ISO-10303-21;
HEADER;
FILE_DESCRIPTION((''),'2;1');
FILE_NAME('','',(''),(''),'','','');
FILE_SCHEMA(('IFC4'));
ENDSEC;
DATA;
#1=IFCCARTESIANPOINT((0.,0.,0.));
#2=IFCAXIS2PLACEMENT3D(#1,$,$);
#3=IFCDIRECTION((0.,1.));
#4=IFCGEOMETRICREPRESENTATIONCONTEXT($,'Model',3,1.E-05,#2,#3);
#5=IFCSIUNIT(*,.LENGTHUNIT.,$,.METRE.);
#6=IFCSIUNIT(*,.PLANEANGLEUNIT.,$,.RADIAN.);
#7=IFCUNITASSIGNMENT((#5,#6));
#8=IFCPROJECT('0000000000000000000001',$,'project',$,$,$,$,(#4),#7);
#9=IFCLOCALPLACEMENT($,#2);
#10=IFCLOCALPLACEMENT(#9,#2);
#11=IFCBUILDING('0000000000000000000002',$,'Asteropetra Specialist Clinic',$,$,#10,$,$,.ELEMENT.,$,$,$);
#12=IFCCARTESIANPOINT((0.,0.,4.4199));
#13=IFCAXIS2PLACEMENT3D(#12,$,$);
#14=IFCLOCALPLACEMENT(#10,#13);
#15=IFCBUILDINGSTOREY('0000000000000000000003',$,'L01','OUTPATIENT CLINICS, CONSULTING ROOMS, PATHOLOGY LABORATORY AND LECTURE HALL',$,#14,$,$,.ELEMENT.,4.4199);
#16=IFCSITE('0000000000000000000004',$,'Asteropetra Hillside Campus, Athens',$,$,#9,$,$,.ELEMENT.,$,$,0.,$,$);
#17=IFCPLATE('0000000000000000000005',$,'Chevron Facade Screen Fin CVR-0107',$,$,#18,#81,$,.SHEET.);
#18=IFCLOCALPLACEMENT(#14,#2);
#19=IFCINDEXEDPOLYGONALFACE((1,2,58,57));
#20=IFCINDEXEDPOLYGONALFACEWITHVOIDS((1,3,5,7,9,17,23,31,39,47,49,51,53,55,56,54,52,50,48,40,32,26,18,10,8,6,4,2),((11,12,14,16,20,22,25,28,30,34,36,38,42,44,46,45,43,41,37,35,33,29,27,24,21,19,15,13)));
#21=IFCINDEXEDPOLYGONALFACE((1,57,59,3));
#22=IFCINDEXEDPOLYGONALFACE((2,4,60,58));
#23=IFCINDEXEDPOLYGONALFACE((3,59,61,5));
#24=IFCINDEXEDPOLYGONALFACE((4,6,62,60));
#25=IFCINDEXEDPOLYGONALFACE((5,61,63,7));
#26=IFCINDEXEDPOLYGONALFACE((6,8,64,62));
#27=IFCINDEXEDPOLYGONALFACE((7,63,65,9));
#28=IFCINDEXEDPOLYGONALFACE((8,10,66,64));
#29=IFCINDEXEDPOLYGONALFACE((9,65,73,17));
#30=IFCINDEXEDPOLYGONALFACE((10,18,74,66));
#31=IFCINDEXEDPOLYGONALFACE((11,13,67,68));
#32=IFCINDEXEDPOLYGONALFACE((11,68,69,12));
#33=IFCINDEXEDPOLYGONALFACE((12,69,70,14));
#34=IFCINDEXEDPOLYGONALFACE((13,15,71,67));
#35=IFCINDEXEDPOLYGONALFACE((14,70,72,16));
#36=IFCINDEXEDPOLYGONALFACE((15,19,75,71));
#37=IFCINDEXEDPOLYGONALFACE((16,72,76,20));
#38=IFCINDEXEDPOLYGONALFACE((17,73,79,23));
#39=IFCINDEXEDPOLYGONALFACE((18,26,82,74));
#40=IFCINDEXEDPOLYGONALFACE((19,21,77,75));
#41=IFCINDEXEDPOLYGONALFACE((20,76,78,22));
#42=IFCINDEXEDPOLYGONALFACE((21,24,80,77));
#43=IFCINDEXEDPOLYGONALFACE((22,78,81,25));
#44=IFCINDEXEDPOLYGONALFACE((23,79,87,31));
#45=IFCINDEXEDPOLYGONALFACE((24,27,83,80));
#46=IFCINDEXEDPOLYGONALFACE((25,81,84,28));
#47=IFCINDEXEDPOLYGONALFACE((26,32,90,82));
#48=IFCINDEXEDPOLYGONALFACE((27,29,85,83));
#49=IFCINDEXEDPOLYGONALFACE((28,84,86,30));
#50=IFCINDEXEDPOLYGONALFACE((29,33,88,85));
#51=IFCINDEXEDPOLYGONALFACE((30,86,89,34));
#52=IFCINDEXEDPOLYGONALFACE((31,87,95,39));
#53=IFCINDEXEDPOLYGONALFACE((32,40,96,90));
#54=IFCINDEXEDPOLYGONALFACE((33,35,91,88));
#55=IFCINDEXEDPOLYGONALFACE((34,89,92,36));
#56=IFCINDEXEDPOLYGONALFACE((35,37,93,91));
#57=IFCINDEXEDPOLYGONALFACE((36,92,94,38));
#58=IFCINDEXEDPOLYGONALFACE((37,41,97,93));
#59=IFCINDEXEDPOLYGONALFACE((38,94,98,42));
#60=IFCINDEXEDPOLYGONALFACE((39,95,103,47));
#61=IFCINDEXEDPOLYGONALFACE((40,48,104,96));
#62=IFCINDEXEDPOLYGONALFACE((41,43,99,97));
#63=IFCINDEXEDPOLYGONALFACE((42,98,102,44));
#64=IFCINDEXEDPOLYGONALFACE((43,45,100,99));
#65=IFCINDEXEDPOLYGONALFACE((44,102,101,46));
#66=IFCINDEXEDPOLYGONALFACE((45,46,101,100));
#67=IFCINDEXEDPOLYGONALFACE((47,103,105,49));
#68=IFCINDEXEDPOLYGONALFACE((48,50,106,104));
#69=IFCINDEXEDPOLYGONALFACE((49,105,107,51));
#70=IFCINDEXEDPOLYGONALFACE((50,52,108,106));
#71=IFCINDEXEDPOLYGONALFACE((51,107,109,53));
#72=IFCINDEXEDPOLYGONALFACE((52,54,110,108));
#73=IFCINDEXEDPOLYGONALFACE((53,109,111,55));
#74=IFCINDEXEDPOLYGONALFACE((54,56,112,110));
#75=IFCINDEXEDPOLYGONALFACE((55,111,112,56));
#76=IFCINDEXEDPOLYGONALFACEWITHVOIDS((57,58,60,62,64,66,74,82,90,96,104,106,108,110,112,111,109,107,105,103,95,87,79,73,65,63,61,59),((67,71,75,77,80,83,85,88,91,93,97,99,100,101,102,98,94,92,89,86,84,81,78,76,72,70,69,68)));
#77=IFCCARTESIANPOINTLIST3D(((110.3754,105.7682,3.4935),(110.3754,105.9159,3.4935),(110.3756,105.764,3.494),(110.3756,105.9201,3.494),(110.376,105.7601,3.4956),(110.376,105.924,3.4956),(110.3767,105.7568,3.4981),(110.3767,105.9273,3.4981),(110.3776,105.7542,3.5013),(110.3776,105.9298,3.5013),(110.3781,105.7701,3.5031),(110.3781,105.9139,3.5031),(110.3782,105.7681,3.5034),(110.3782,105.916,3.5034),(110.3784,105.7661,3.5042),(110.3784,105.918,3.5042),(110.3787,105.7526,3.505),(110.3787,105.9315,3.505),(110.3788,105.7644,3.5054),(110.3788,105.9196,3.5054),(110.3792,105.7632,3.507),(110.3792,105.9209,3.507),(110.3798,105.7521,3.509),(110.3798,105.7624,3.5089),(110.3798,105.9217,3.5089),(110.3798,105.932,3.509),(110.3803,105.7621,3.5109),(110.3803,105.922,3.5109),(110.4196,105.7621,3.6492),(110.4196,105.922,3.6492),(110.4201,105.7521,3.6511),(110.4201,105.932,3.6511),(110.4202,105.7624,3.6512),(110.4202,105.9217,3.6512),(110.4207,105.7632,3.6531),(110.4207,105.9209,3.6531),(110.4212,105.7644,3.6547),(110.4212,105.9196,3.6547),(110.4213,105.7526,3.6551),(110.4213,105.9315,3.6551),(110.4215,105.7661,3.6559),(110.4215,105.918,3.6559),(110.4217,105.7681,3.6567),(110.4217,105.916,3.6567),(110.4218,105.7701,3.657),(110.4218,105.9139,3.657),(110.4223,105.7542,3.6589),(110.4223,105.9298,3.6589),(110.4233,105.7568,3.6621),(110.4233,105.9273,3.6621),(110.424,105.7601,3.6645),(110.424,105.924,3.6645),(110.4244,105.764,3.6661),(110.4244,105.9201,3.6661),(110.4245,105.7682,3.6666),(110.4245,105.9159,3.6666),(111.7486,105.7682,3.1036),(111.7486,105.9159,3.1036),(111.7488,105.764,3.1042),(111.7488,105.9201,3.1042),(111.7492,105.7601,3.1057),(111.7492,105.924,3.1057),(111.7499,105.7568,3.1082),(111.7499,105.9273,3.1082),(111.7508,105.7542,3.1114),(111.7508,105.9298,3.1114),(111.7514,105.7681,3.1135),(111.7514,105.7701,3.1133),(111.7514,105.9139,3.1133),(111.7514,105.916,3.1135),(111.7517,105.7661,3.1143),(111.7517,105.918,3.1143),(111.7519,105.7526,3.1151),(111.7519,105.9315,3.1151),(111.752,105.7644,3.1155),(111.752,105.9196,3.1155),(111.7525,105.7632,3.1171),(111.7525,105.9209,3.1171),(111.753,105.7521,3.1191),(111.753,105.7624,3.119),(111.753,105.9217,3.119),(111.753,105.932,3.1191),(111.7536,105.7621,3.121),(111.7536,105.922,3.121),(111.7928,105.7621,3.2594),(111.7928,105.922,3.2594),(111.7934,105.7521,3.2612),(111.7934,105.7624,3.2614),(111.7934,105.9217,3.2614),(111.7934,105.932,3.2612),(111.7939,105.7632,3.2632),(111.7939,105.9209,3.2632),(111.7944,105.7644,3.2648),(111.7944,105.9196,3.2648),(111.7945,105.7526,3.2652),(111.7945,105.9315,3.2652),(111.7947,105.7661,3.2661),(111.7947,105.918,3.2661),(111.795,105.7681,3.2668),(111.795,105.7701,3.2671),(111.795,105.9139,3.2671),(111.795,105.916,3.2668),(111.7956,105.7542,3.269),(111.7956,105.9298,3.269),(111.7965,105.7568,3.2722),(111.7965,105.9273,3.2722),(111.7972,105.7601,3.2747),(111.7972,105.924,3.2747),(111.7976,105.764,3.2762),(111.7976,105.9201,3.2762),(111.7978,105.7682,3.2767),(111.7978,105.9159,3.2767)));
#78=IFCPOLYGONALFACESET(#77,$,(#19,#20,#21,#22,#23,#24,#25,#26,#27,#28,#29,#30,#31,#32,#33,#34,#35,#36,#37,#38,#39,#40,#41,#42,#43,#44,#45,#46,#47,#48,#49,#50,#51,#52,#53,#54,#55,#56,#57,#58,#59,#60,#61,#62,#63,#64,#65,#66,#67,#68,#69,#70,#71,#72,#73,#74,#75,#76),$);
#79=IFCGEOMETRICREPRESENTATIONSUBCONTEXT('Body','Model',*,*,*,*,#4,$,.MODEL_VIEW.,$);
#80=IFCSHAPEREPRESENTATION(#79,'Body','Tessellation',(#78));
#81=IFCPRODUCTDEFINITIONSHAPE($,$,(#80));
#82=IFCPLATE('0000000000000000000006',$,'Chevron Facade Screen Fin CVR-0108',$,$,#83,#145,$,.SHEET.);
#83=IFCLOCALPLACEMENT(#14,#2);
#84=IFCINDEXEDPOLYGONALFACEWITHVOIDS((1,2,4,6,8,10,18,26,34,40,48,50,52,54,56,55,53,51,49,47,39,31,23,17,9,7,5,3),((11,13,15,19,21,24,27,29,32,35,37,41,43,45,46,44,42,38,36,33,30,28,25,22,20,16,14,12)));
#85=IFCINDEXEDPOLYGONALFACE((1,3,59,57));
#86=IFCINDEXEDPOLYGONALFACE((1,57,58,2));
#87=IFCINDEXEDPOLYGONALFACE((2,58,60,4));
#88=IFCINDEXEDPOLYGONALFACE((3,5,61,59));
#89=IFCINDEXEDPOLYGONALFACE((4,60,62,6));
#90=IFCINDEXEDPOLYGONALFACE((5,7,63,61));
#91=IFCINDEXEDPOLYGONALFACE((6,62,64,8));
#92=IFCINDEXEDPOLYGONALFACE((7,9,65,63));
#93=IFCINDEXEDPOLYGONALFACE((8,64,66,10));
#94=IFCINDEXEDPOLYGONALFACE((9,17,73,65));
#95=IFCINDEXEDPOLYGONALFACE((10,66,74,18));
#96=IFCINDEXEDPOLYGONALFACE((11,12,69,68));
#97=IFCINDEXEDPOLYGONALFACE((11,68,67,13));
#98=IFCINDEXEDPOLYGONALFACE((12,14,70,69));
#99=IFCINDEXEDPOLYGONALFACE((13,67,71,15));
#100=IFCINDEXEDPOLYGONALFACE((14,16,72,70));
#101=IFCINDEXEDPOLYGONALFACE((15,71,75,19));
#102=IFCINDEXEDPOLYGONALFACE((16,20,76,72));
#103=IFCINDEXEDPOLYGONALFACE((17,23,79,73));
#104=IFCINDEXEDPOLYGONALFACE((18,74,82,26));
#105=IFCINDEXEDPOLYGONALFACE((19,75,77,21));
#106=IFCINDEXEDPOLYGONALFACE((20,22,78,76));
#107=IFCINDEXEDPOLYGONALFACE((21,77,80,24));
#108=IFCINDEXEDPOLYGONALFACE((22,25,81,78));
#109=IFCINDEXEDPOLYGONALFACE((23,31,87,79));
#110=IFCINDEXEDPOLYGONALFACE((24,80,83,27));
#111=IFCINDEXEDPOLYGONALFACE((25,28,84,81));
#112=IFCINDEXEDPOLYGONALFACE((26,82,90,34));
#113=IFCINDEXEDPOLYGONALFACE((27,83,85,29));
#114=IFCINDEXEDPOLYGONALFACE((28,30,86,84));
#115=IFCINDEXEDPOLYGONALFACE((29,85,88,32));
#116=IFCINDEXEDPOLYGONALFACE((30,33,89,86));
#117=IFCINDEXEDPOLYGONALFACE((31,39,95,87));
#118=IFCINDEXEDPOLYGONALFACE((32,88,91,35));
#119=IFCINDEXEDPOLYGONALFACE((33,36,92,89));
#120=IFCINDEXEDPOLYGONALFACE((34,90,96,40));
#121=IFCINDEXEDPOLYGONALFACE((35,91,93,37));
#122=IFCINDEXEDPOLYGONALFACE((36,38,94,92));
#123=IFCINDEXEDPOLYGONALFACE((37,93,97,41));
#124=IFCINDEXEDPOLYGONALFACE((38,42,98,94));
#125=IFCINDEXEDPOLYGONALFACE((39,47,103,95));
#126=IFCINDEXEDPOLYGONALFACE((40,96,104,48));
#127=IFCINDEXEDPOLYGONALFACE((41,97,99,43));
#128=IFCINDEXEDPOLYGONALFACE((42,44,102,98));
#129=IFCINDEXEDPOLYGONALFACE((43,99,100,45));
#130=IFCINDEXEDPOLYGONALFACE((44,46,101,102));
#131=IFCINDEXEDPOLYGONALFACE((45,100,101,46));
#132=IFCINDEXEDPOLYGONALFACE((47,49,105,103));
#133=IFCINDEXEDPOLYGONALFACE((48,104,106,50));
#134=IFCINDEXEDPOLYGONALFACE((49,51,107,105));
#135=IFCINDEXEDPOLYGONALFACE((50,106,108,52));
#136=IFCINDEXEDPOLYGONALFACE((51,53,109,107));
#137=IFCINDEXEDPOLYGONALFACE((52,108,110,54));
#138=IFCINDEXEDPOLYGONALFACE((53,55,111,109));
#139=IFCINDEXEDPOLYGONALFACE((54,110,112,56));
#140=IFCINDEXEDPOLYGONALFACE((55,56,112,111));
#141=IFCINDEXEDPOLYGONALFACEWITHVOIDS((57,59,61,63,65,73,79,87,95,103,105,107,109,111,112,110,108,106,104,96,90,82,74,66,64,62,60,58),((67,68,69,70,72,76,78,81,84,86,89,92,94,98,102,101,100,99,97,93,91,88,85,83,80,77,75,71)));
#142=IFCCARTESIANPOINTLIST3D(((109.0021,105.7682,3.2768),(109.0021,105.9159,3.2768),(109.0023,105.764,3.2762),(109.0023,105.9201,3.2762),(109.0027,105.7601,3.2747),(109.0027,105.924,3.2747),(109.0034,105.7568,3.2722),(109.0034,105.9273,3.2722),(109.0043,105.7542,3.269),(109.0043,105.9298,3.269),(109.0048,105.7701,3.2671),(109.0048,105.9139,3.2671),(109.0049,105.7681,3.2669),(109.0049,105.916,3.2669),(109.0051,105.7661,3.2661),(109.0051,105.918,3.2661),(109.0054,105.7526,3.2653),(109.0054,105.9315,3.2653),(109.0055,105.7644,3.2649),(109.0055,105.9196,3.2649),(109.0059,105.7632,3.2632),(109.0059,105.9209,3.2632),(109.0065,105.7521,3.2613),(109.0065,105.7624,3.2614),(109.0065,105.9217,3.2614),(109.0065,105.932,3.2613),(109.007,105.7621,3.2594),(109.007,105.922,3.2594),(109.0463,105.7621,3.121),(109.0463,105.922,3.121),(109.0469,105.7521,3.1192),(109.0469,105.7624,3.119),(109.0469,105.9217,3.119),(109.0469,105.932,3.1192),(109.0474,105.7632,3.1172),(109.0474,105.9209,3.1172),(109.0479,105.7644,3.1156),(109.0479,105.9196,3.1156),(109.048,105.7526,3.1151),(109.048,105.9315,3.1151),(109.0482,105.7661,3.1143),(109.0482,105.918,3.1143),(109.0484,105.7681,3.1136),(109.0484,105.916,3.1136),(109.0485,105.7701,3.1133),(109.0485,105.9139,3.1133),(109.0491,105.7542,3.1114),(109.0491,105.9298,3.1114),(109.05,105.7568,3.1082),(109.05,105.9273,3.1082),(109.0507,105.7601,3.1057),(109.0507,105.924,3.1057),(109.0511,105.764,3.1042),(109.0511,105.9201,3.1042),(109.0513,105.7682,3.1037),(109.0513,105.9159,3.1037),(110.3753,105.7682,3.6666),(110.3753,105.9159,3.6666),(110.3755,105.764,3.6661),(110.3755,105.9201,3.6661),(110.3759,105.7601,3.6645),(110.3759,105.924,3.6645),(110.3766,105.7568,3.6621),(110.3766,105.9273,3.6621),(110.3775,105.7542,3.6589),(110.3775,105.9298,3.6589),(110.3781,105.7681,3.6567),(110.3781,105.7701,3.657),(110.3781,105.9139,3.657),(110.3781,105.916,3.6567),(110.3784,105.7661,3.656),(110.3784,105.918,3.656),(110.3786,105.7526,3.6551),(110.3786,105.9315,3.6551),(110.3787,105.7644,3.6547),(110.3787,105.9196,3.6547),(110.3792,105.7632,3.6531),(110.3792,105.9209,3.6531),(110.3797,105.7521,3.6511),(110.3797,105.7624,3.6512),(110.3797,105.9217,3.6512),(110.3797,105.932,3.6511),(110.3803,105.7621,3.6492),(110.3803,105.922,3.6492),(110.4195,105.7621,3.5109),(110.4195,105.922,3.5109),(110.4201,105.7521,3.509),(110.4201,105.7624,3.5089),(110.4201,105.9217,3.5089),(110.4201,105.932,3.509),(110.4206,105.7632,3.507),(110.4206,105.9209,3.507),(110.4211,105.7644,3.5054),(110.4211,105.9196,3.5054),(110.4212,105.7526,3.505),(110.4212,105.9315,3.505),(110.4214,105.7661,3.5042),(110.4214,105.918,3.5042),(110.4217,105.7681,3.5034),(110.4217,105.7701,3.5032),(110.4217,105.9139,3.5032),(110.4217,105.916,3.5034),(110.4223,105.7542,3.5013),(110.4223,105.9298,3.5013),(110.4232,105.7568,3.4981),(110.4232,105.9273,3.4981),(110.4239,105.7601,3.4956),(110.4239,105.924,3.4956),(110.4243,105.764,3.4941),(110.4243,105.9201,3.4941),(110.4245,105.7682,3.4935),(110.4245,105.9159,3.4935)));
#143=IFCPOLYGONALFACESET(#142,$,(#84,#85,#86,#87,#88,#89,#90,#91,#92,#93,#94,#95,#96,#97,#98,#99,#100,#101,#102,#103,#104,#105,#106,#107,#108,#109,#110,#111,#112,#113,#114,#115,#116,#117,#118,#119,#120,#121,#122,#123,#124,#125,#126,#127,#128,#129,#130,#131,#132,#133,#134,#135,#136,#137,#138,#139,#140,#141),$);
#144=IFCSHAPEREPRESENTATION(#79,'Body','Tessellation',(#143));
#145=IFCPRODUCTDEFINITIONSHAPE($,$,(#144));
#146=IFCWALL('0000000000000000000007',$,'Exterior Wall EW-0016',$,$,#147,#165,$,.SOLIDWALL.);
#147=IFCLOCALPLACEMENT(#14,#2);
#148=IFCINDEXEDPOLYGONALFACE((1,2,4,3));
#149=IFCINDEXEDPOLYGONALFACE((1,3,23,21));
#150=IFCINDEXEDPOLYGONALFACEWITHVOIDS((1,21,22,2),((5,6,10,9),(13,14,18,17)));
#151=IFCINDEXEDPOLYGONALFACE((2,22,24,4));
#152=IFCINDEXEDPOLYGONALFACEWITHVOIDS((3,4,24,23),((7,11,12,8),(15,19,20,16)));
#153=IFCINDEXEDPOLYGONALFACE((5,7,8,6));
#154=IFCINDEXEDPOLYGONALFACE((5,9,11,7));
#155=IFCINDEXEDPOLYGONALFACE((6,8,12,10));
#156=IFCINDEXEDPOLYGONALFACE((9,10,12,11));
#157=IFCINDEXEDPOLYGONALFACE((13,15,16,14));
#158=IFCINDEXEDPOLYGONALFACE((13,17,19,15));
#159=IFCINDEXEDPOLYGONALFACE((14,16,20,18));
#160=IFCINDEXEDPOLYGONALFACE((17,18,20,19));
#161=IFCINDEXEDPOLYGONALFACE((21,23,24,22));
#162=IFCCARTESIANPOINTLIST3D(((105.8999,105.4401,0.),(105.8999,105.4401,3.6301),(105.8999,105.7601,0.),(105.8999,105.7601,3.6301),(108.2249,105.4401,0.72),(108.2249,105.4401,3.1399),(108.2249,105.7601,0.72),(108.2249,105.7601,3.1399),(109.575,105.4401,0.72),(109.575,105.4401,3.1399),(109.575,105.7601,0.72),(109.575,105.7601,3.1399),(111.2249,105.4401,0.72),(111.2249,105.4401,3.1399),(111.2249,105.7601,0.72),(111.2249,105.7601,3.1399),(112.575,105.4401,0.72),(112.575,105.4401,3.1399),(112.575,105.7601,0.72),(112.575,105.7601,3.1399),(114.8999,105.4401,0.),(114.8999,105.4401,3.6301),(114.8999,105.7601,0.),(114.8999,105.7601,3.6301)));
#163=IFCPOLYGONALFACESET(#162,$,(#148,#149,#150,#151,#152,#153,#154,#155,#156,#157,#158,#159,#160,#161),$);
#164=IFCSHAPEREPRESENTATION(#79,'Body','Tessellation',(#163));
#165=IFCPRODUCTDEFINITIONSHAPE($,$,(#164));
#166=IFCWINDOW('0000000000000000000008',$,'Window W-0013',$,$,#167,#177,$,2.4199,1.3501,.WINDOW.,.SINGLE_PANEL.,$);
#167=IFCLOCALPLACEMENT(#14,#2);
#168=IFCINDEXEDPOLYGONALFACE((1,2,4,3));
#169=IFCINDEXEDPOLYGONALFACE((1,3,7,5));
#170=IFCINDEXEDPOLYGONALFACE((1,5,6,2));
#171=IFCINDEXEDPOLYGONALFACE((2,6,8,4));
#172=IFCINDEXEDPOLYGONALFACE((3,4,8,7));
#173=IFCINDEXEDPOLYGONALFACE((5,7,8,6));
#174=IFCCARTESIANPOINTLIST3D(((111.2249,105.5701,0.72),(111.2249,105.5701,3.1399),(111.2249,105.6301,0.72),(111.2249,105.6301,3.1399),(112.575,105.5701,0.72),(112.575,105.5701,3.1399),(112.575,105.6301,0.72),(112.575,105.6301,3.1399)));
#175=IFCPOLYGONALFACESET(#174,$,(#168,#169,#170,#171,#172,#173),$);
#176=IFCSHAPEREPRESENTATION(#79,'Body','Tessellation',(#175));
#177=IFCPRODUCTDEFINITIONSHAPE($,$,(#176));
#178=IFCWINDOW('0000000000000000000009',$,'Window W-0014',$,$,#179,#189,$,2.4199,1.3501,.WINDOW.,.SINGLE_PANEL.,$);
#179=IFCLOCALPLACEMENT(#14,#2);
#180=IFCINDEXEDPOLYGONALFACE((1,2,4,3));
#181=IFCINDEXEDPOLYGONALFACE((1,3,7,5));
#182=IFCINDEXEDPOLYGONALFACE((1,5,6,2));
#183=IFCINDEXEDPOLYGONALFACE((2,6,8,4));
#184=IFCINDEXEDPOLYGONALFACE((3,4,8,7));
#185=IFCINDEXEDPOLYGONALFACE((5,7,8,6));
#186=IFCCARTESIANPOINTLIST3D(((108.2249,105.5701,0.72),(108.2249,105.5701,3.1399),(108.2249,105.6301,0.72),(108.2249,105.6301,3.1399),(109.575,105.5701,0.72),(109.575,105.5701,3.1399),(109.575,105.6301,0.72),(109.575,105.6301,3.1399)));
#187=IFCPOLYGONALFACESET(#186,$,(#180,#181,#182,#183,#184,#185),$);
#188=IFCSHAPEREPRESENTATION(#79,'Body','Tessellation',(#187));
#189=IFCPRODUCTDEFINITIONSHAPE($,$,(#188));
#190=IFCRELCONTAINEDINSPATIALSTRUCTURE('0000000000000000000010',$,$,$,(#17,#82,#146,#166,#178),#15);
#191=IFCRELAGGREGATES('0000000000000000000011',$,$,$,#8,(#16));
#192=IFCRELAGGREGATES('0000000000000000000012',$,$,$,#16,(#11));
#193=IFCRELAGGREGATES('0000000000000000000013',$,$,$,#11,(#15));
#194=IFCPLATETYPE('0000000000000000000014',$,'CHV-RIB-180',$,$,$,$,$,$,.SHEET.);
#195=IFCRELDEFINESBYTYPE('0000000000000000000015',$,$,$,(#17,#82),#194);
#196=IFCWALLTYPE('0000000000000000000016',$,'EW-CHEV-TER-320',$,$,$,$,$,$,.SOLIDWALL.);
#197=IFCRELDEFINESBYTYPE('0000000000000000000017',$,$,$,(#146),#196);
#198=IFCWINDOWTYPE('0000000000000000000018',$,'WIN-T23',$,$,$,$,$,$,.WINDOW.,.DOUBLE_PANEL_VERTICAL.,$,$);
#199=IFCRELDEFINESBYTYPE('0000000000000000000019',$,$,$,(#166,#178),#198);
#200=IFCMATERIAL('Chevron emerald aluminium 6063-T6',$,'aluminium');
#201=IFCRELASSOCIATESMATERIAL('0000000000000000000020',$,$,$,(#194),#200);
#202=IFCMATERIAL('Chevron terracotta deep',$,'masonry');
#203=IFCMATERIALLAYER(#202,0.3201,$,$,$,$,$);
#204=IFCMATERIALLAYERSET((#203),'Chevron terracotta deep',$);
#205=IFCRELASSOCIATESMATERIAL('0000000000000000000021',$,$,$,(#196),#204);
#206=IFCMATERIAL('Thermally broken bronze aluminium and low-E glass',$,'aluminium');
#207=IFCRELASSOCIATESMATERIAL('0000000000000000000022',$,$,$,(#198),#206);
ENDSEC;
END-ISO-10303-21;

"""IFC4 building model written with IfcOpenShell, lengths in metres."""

from ifc_helpers import new_model, si_unit, direction, frame, frame_2d, origin, origin_2d, place, context, subcontext, project, spatial, rectangle, hollow_rectangle, extrude, material, layer, layer_set, material_profile, profile_set, type_object, element, fill, save


model = new_model("IFC4")

# Units and contexts
model_context = context("Model", 3, precision=1e-05, world=origin(), true_north=direction((0.0, 1.0)))
body_context = subcontext(model_context, "Body", "Model", "MODEL_VIEW")
ifc_project = project(units=[si_unit("LENGTHUNIT", "METRE"), si_unit("PLANEANGLEUNIT", "RADIAN")], contexts=[model_context])

# Site, building, storey
site_placement = place(None, origin())
site = spatial("IfcSite", under=ifc_project, at=site_placement, Name="Asteropetra Hillside Campus, Athens", CompositionType="ELEMENT", RefElevation=0.0)
building_placement = place(site_placement, origin())
building = spatial("IfcBuilding", under=site, at=building_placement, Name="Asteropetra Specialist Clinic", CompositionType="ELEMENT")
storey_placement = place(building_placement, frame((0.0, 0.0, 4.4199)))
storey = spatial("IfcBuildingStorey", under=building, at=storey_placement, Name="L01", Description="OUTPATIENT CLINICS, CONSULTING ROOMS, PATHOLOGY LABORATORY AND LECTURE HALL", CompositionType="ELEMENT", Elevation=4.4199)

# Plates
ifc_material_1 = material(Name="Chevron emerald aluminium 6063-T6", Category="aluminium")
ifc_material_profile_1 = material_profile(ifc_material_1, hollow_rectangle(XDim=0.1799, YDim=0.1799, WallThickness=0.01, InnerFilletRadius=0.0081, OuterFilletRadius=0.0161, at=origin_2d()), Name="SHS 180x180x10.0")
ifc_profile_set_1 = profile_set([ifc_material_profile_1], Name="Chevron emerald aluminium 6063-T6")
plate_type = type_object("IfcPlateType", Name="CHV-RIB-180", PredefinedType="SHEET", material=ifc_profile_set_1)
for number, where, z_axis, x_axis, name in (
    (1, (111.7732, 105.842, 3.1902), (-0.961981, 0.0, 0.273117), (0.0, -1.0, 0.0), "Chevron Facade Screen Fin CVR-0107"),
    (2, (110.3999, 105.842, 3.5801), (-0.961981, 0.0, -0.273117), (0.0, -1.0, 0.0), "Chevron Facade Screen Fin CVR-0108"),
):
    element("IfcPlate", number, at=place(storey_placement, frame(where, z_axis=z_axis, x_axis=x_axis)), inside=storey, type_object=plate_type, Name=name, PredefinedType="SHEET", context=body_context, shape_type="SweptSolid", body=[
        extrude(hollow_rectangle(XDim=0.1799, YDim=0.1799, WallThickness=0.01, InnerFilletRadius=0.0081, OuterFilletRadius=0.0161, at=origin_2d()), origin(), (0.0, 0.0, 1.0), 1.4275),
    ])

# Wall, openings, windows
ifc_material_2 = material(Name="Chevron terracotta deep", Category="masonry")
ifc_layer_1 = layer(ifc_material_2, 0.3201)
ifc_layer_set_1 = layer_set([ifc_layer_1], Name="Chevron terracotta deep")
wall_type = type_object("IfcWallType", Name="EW-CHEV-TER-320", PredefinedType="SOLIDWALL", material=ifc_layer_set_1)
wall_placement = place(storey_placement, frame((114.8999, 105.6001, 0.0), z_axis=(0.0, 0.0, 1.0), x_axis=(-1.0, 0.0, 0.0)))
wall = element("IfcWall", 3, at=wall_placement, inside=storey, type_object=wall_type, Name="Exterior Wall EW-0016", PredefinedType="SOLIDWALL", context=body_context, shape_type="SweptSolid", body=[
    extrude(rectangle(XDim=9.0, YDim=0.3201, at=frame_2d((4.5, 0.0))), origin(), (0.0, 0.0, 1.0), 3.6301),
])
opening_1_placement = place(wall_placement, frame((2.325, 0.0, 0.72)))
opening_1 = element("IfcOpeningElement", 4, at=opening_1_placement, cuts=wall, PredefinedType="OPENING", context=body_context, shape_type="SweptSolid", body=[
    extrude(rectangle(XDim=1.3501, YDim=2.4199, at=frame_2d((0.675, 1.21))), frame((0.0, 0.1699, 0.0), z_axis=(0.0, -1.0, 0.0), x_axis=(1.0, 0.0, 0.0)), (0.0, 0.0, 1.0), 0.3401),
])
opening_2_placement = place(wall_placement, frame((5.325, 0.0, 0.72)))
opening_2 = element("IfcOpeningElement", 5, at=opening_2_placement, cuts=wall, PredefinedType="OPENING", context=body_context, shape_type="SweptSolid", body=[
    extrude(rectangle(XDim=1.3501, YDim=2.4199, at=frame_2d((0.675, 1.21))), frame((0.0, 0.1699, 0.0), z_axis=(0.0, -1.0, 0.0), x_axis=(1.0, 0.0, 0.0)), (0.0, 0.0, 1.0), 0.3401),
])
ifc_material_3 = material(Name="Thermally broken bronze aluminium and low-E glass", Category="aluminium")
window_type = type_object("IfcWindowType", Name="WIN-T23", PartitioningType="DOUBLE_PANEL_VERTICAL", PredefinedType="WINDOW", material=ifc_material_3)
window_1_placement = place(opening_1_placement, origin())
window_1 = element("IfcWindow", 6, at=window_1_placement, inside=storey, type_object=window_type, Name="Window W-0013", OverallHeight=2.4199, OverallWidth=1.3501, PartitioningType="SINGLE_PANEL", PredefinedType="WINDOW", context=body_context, shape_type="SweptSolid", body=[
    extrude(rectangle(XDim=1.3501, YDim=2.4199, at=frame_2d((0.675, 1.21))), frame((0.0, 0.03, 0.0), z_axis=(0.0, -1.0, 0.0), x_axis=(1.0, 0.0, 0.0)), (0.0, 0.0, 1.0), 0.0601),
])
fill(opening_1, window_1)
window_2_placement = place(opening_2_placement, origin())
window_2 = element("IfcWindow", 7, at=window_2_placement, inside=storey, type_object=window_type, Name="Window W-0014", OverallHeight=2.4199, OverallWidth=1.3501, PartitioningType="SINGLE_PANEL", PredefinedType="WINDOW", context=body_context, shape_type="SweptSolid", body=[
    extrude(rectangle(XDim=1.3501, YDim=2.4199, at=frame_2d((0.675, 1.21))), frame((0.0, 0.03, 0.0), z_axis=(0.0, -1.0, 0.0), x_axis=(1.0, 0.0, 0.0)), (0.0, 0.0, 1.0), 0.0601),
])
fill(opening_2, window_2)

save(model, "model.ifc")
